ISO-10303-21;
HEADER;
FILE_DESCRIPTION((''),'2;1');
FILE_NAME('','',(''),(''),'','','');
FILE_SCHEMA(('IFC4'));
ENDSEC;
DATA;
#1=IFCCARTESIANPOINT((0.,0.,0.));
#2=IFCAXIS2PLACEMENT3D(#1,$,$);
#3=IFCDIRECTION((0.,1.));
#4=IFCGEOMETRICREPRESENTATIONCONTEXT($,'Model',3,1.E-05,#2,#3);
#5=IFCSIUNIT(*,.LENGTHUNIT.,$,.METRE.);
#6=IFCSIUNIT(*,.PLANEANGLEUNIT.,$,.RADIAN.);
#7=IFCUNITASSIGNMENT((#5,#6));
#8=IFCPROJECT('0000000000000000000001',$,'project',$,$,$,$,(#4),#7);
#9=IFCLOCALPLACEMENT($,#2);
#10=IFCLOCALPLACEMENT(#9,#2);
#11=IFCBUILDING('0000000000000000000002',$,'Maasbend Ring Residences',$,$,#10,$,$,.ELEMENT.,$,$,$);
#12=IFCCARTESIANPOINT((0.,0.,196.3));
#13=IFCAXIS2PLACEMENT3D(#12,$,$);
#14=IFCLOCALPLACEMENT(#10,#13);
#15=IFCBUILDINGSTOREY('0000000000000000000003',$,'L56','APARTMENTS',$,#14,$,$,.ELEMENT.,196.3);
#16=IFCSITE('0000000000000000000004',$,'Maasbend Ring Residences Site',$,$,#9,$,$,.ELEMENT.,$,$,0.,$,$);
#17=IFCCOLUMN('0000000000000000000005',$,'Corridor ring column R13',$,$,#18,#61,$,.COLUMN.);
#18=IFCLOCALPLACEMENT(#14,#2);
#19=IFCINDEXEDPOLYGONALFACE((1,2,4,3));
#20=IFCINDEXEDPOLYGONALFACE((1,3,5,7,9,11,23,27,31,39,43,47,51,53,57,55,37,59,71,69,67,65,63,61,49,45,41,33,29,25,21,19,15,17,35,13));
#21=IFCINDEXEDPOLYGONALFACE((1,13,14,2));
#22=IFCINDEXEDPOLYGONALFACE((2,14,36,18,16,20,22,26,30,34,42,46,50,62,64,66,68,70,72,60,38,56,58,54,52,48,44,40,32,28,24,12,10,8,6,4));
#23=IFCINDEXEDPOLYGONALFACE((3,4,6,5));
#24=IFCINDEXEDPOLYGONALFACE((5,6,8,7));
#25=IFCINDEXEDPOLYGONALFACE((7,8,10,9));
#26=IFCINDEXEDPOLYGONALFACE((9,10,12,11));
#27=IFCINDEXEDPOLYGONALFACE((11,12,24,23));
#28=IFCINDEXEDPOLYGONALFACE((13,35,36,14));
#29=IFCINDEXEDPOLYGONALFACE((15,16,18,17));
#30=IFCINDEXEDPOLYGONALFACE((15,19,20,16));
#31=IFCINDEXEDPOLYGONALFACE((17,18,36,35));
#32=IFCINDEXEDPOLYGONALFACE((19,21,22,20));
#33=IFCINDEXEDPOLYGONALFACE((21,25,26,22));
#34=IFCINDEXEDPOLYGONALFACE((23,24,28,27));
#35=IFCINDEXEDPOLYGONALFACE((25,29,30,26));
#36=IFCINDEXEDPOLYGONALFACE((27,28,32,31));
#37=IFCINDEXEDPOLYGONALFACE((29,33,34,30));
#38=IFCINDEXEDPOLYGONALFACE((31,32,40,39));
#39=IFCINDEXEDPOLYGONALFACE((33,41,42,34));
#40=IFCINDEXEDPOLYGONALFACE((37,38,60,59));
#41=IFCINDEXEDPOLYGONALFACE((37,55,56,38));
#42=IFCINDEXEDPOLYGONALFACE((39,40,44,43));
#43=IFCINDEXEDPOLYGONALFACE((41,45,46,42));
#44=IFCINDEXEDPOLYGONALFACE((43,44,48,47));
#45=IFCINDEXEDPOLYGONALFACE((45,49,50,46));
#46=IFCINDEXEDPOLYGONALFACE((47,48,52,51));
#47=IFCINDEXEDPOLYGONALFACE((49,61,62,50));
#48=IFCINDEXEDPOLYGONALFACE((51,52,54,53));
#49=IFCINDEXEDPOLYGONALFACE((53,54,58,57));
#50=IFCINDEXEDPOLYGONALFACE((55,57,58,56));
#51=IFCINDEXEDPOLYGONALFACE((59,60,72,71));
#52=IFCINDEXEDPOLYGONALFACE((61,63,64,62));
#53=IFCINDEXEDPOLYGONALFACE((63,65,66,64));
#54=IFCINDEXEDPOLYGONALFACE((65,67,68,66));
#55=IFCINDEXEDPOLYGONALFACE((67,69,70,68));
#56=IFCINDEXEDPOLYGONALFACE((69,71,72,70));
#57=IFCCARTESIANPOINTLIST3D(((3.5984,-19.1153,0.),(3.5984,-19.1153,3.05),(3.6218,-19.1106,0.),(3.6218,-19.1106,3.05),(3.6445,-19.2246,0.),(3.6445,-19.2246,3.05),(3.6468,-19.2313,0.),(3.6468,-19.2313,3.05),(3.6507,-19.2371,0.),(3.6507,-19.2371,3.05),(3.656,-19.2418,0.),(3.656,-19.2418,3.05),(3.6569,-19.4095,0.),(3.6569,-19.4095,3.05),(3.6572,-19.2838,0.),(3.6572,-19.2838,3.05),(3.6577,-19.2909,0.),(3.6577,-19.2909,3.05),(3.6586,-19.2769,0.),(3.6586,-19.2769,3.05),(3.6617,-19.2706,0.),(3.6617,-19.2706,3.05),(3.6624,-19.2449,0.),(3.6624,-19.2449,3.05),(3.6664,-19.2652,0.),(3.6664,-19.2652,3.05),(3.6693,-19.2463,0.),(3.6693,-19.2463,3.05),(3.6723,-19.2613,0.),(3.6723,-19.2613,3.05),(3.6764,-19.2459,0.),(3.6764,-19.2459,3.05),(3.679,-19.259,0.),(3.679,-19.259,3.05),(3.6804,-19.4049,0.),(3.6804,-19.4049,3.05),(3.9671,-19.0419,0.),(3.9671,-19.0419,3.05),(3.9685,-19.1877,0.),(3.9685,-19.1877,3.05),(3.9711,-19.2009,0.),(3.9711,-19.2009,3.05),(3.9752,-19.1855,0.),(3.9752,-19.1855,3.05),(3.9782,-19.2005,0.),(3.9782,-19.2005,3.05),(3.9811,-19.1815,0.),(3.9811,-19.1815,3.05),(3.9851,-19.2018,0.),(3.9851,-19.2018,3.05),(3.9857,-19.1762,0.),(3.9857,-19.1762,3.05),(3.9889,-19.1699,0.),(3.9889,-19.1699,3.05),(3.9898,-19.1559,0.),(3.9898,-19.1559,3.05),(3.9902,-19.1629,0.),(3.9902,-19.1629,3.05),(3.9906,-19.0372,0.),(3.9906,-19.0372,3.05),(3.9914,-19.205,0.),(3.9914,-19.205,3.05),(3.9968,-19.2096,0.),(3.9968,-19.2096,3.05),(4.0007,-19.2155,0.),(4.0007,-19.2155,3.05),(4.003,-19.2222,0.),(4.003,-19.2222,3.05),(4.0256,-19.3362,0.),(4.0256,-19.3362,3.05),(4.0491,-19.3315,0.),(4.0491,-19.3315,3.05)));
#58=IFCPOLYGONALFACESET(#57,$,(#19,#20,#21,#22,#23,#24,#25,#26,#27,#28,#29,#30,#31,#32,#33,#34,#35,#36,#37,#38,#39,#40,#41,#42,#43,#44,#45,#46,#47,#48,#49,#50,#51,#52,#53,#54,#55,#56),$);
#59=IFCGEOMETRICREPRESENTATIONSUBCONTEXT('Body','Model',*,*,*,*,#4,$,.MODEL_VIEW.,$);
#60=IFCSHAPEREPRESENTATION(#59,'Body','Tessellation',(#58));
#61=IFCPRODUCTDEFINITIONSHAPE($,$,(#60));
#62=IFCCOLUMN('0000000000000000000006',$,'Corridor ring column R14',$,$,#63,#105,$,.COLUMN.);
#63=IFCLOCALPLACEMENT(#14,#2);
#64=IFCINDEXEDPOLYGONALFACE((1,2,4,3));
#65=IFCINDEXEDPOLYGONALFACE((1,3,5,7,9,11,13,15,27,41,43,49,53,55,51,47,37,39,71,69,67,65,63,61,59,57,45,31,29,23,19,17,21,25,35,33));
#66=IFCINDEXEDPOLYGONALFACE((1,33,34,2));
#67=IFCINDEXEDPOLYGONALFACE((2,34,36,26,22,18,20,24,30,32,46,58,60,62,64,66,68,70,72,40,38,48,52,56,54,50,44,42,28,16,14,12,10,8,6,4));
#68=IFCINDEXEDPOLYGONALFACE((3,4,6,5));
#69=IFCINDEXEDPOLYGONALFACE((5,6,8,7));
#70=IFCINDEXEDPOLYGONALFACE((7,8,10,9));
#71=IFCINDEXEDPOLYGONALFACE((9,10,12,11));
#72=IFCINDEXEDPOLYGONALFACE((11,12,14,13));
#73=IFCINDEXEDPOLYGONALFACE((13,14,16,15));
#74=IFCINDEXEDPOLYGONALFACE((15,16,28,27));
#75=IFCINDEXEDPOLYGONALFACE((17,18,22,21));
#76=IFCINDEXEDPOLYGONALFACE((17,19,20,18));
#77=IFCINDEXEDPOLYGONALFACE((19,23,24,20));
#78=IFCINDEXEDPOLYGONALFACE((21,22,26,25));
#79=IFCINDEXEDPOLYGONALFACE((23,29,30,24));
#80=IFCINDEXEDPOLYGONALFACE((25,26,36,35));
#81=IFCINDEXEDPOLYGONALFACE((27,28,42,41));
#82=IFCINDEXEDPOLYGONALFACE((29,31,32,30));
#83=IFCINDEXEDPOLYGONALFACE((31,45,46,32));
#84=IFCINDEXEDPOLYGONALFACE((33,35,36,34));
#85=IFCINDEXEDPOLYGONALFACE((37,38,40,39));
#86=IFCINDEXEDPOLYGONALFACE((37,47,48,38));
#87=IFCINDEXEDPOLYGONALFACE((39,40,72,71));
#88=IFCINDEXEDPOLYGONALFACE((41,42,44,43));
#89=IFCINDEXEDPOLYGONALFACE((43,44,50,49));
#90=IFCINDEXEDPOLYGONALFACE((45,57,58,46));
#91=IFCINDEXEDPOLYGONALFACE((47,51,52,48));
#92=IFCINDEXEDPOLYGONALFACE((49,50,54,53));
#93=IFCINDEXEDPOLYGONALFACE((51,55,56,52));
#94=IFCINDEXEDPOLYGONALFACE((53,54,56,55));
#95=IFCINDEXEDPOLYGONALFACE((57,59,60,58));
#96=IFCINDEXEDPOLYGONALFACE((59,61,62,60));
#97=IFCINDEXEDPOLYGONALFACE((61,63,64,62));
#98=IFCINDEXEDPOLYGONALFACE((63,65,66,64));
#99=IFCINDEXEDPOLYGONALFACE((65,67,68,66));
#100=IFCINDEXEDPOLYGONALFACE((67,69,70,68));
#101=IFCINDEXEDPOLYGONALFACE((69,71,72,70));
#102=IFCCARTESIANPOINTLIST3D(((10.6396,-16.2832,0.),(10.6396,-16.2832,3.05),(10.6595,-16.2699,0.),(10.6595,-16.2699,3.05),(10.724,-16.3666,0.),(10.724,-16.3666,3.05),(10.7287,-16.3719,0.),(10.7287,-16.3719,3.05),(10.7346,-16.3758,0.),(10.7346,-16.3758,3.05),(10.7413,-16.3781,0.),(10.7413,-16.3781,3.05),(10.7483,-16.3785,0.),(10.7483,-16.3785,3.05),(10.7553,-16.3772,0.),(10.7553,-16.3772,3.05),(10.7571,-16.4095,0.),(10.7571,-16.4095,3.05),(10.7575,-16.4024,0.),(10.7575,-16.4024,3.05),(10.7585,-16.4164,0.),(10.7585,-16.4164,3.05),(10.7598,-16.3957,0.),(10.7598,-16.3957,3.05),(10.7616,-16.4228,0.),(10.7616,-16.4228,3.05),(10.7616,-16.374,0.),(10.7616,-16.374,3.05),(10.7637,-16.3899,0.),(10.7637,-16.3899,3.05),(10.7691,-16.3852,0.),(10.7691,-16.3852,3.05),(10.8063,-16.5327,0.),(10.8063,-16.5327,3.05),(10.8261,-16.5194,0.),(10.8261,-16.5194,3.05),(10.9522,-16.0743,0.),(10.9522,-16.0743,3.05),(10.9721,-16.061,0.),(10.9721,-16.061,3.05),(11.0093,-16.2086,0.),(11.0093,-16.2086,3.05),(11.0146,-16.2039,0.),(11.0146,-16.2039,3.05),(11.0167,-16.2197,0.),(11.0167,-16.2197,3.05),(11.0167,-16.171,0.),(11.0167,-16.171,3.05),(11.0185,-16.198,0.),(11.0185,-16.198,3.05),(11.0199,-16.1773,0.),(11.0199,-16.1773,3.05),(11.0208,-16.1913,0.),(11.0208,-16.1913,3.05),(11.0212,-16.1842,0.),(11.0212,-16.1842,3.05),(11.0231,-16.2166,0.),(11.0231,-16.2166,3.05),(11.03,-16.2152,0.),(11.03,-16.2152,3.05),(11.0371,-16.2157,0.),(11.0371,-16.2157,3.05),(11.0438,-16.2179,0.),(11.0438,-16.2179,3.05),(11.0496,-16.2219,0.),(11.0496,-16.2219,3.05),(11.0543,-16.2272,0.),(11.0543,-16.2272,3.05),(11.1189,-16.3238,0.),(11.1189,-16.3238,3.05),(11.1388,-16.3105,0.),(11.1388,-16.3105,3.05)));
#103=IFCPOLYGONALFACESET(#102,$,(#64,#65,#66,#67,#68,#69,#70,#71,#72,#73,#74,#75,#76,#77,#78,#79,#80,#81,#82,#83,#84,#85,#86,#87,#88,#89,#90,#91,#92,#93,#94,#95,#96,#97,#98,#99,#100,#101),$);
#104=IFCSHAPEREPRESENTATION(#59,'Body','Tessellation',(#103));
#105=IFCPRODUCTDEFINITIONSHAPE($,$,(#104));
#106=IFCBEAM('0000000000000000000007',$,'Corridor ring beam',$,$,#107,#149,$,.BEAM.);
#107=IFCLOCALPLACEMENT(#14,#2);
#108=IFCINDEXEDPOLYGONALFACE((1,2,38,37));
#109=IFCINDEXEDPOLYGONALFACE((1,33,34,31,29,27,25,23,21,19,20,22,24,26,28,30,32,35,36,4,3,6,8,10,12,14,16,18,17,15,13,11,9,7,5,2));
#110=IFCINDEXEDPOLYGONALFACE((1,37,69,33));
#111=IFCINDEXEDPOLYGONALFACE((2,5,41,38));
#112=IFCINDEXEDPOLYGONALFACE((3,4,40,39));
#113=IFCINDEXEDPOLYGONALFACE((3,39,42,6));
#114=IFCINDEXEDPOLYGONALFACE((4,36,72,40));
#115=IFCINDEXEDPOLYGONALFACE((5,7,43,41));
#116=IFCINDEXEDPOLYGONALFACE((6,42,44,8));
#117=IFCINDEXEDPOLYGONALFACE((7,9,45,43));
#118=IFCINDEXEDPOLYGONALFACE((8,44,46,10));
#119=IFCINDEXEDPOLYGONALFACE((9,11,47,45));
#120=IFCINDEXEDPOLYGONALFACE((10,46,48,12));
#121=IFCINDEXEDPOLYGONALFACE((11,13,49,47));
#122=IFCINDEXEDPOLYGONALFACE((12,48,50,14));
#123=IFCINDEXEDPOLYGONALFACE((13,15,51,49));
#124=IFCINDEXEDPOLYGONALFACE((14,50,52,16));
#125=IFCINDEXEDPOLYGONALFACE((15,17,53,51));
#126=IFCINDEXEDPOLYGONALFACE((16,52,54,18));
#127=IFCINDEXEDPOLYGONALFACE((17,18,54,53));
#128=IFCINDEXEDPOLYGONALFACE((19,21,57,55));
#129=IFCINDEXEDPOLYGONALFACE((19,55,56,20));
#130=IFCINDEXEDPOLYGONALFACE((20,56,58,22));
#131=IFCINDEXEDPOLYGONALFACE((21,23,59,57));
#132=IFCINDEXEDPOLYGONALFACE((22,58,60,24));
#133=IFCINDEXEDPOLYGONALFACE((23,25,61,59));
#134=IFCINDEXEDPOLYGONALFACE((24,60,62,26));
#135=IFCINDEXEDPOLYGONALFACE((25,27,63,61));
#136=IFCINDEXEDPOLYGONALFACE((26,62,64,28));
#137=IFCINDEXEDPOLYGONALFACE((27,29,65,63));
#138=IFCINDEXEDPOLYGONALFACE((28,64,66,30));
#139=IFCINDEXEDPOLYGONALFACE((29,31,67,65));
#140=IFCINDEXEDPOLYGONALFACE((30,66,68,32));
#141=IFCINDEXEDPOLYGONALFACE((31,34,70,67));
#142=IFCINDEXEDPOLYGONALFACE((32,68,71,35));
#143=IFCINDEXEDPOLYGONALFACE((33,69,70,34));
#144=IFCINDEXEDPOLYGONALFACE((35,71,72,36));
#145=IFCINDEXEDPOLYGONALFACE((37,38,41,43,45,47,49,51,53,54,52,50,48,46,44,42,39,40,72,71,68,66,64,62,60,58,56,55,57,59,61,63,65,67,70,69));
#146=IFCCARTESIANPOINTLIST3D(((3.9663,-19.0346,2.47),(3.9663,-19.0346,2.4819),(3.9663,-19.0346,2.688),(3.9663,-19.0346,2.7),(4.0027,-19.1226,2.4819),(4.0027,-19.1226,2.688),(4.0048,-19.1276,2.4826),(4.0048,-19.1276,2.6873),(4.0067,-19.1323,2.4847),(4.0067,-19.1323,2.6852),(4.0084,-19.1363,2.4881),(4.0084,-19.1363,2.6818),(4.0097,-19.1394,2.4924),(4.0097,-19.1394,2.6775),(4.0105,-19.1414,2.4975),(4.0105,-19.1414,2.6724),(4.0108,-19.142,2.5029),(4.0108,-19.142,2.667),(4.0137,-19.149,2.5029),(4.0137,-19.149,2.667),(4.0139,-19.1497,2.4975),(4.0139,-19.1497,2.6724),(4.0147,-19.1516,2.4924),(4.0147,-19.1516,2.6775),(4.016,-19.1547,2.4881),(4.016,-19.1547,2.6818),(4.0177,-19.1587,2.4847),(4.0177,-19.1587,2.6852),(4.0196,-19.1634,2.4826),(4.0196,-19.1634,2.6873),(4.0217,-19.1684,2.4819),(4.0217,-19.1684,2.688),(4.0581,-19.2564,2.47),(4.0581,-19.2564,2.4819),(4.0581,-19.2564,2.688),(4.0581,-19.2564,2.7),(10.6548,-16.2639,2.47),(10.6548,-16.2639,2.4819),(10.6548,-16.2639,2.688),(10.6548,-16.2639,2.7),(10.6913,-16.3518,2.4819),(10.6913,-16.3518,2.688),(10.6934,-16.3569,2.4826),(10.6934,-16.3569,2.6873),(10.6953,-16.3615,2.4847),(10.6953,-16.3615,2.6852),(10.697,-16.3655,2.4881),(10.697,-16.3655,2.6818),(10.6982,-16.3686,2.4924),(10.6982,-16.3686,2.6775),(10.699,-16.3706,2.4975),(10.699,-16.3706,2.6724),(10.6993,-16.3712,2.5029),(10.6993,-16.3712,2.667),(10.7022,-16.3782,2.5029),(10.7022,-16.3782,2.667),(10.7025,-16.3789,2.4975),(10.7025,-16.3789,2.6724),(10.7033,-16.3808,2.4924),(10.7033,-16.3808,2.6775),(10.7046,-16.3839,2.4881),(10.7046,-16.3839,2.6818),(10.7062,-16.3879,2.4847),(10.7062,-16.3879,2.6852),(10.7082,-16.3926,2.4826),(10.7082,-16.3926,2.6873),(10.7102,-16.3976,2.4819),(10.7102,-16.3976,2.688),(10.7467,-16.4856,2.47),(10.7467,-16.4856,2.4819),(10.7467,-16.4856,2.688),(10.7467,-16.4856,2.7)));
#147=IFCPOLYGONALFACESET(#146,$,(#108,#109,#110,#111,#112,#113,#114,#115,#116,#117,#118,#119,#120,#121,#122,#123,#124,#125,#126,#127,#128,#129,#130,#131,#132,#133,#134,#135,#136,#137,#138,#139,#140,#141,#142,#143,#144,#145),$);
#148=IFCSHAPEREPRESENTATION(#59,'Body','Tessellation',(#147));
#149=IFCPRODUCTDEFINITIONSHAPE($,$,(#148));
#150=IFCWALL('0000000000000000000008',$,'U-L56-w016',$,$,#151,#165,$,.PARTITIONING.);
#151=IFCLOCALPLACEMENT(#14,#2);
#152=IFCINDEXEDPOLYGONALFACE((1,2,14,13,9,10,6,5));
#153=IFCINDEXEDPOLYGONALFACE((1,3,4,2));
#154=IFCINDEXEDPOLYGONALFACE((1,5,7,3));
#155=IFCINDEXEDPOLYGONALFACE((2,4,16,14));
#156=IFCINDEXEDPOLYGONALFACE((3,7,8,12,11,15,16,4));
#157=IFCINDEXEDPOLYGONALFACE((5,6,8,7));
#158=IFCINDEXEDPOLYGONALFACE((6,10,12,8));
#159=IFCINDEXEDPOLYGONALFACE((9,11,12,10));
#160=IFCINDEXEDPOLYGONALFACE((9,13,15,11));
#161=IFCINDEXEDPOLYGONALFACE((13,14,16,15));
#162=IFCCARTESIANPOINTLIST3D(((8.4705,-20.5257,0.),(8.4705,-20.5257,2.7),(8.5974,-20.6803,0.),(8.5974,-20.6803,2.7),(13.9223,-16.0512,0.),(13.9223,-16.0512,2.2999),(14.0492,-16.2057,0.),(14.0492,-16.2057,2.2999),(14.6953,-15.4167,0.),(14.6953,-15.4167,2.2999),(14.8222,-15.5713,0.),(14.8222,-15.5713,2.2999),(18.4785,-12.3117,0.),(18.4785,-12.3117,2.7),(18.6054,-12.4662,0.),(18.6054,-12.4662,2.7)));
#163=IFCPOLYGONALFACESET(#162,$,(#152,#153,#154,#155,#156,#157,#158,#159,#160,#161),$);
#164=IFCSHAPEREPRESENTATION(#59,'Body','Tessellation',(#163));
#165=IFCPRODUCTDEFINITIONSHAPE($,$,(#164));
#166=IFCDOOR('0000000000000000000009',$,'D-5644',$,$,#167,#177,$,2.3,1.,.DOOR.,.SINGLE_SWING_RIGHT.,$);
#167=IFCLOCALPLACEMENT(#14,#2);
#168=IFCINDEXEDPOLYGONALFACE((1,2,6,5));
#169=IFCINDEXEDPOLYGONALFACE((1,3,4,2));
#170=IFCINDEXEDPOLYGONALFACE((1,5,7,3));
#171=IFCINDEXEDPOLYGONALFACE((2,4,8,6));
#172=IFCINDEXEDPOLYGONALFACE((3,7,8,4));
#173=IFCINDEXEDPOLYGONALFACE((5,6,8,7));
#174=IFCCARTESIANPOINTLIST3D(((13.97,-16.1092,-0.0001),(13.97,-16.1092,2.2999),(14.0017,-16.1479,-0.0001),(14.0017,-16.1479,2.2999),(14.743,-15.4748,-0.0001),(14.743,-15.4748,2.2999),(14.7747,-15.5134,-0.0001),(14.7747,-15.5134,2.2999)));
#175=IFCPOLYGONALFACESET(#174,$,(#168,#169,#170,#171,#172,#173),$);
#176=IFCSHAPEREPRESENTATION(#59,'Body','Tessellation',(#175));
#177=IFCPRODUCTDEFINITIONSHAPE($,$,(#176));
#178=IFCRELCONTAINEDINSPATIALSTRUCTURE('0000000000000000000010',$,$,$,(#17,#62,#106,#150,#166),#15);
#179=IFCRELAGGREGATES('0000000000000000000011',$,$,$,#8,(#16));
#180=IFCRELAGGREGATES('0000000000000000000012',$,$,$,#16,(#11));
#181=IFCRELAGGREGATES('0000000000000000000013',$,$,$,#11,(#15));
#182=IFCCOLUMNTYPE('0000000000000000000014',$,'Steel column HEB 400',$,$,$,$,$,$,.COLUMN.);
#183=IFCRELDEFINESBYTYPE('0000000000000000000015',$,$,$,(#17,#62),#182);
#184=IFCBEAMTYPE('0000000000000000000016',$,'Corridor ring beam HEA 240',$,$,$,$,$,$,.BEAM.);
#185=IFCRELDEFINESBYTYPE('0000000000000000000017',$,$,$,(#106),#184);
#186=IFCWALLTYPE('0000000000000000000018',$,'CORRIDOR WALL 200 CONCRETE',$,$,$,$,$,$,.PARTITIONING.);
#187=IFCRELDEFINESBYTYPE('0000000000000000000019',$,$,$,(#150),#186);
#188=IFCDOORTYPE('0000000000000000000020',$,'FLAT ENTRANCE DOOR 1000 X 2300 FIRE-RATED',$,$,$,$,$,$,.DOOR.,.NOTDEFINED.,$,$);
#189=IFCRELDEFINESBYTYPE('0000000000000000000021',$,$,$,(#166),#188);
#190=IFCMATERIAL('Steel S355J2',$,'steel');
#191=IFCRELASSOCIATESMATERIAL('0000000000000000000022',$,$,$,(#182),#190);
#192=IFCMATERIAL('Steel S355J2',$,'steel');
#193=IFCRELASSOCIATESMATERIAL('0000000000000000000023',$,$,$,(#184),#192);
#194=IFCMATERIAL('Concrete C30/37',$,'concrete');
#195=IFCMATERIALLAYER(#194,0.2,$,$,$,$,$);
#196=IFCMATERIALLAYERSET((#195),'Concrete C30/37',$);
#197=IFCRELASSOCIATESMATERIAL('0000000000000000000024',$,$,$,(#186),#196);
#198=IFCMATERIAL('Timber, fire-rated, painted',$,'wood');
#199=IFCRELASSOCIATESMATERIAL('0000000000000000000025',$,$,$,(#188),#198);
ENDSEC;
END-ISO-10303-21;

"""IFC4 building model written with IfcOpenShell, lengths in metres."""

from ifc_helpers import new_model, si_unit, direction, frame, frame_2d, origin, origin_2d, place, context, subcontext, project, spatial, rectangle, i_section, extrude, material, layer, layer_set, material_profile, profile_set, type_object, element, fill, save


model = new_model("IFC4")

# Units and contexts
model_context = context("Model", 3, precision=1e-05, world=origin(), true_north=direction((0.0, 1.0)))
body_context = subcontext(model_context, "Body", "Model", "MODEL_VIEW")
ifc_project = project(units=[si_unit("LENGTHUNIT", "METRE"), si_unit("PLANEANGLEUNIT", "RADIAN")], contexts=[model_context])

# Site, building, storey
site_placement = place(None, origin())
site = spatial("IfcSite", under=ifc_project, at=site_placement, Name="Maasbend Ring Residences Site", CompositionType="ELEMENT", RefElevation=0.0)
building_placement = place(site_placement, origin())
building = spatial("IfcBuilding", under=site, at=building_placement, Name="Maasbend Ring Residences", CompositionType="ELEMENT")
storey_placement = place(building_placement, frame((0.0, 0.0, 196.3)))
storey = spatial("IfcBuildingStorey", under=building, at=storey_placement, Name="L56", Description="APARTMENTS", CompositionType="ELEMENT", Elevation=196.3)

# Columns
ifc_material_1 = material(Name="Steel S355J2", Category="steel")
ifc_material_profile_1 = material_profile(ifc_material_1, i_section(OverallWidth=0.3, OverallDepth=0.3999, WebThickness=0.0134, FlangeThickness=0.0239, FilletRadius=0.0271, at=origin_2d()), Name="HEB 400")
ifc_profile_set_1 = profile_set([ifc_material_profile_1], Name="Steel S355J2")
column_type = type_object("IfcColumnType", Name="Steel column HEB 400", PredefinedType="COLUMN", material=ifc_profile_set_1)
for number, where, z_axis, x_axis, name in (
    (1, (3.8237, -19.2234, 0.0), (0.0, 0.0, 1.0), (0.19509, -0.980785, 0.0), "Corridor ring column R13"),
    (2, (10.8892, -16.2969, 0.0), (0.0, 0.0, 1.0), (0.55557, -0.83147, 0.0), "Corridor ring column R14"),
):
    element("IfcColumn", number, at=place(storey_placement, frame(where, z_axis=z_axis, x_axis=x_axis)), inside=storey, type_object=column_type, Name=name, PredefinedType="COLUMN", context=body_context, shape_type="SweptSolid", body=[
        extrude(i_section(OverallWidth=0.3, OverallDepth=0.3999, WebThickness=0.0134, FlangeThickness=0.0239, FilletRadius=0.0271, at=origin_2d()), origin(), (0.0, 0.0, 1.0), 3.05),
    ])

# Beam
ifc_material_2 = material(Name="Steel S355J2", Category="steel")
ifc_material_profile_2 = material_profile(ifc_material_2, i_section(OverallWidth=0.24, OverallDepth=0.23, WebThickness=0.0076, FlangeThickness=0.012, FilletRadius=0.021, at=origin_2d()), Name="HEA 240")
ifc_profile_set_2 = profile_set([ifc_material_profile_2], Name="Steel S355J2")
beam_type = type_object("IfcBeamType", Name="Corridor ring beam HEA 240", PredefinedType="BEAM", material=ifc_profile_set_2)
beam_placement = place(storey_placement, frame((4.0122, -19.1455, 2.585), z_axis=(0.923865, 0.382718, 0.0), x_axis=(-0.382718, 0.923865, 0.0)))
element("IfcBeam", 3, at=beam_placement, inside=storey, type_object=beam_type, Name="Corridor ring beam", PredefinedType="BEAM", context=body_context, shape_type="SweptSolid", body=[
    extrude(i_section(OverallWidth=0.24, OverallDepth=0.23, WebThickness=0.0076, FlangeThickness=0.012, FilletRadius=0.021, at=origin_2d()), origin(), (0.0, 0.0, 1.0), 7.2397),
])

# Wall, opening, door
ifc_material_3 = material(Name="Concrete C30/37", Category="concrete")
ifc_layer_1 = layer(ifc_material_3, 0.2)
ifc_layer_set_1 = layer_set([ifc_layer_1], Name="Concrete C30/37")
wall_type_1 = type_object("IfcWallType", Name="CORRIDOR WALL 200 CONCRETE", PredefinedType="PARTITIONING", material=ifc_layer_set_1)
wall_1_placement = place(storey_placement, frame((8.5339, -20.603, 0.0), z_axis=(0.0, 0.0, 1.0), x_axis=(0.772984, 0.634426, 0.0)))
wall_1 = element("IfcWall", 4, at=wall_1_placement, inside=storey, type_object=wall_type_1, Name="U-L56-w016", PredefinedType="PARTITIONING", context=body_context, shape_type="SweptSolid", body=[
    extrude(rectangle(XDim=12.9473, YDim=0.2, at=frame_2d((6.4736, 0.0))), origin(), (0.0, 0.0, 1.0), 2.7),
])
opening_1_placement = place(wall_1_placement, frame((7.053, 0.0, 0.0)))
opening_1 = element("IfcOpeningElement", 5, at=opening_1_placement, cuts=wall_1, PredefinedType="OPENING", context=body_context, shape_type="SweptSolid", body=[
    extrude(rectangle(XDim=1.0, YDim=2.3, at=frame_2d((0.5, 1.1499))), frame((0.0, 0.1099, 0.0), z_axis=(0.0, -1.0, 0.0), x_axis=(1.0, 0.0, 0.0)), (0.0, 0.0, 1.0), 0.22),
])
ifc_material_4 = material(Name="Timber, fire-rated, painted", Category="wood")
door_type_1 = type_object("IfcDoorType", Name="FLAT ENTRANCE DOOR 1000 X 2300 FIRE-RATED", OperationType="NOTDEFINED", PredefinedType="DOOR", material=ifc_material_4)
door_1_placement = place(opening_1_placement, origin())
door_1 = element("IfcDoor", 6, at=door_1_placement, inside=storey, type_object=door_type_1, Name="D-5644", OperationType="SINGLE_SWING_RIGHT", OverallHeight=2.3, OverallWidth=1.0, PredefinedType="DOOR", context=body_context, shape_type="SweptSolid", body=[
    extrude(rectangle(XDim=1.0, YDim=2.3, at=frame_2d((0.5, 1.1499))), frame((0.0, 0.0249, 0.0), z_axis=(0.0, -1.0, 0.0), x_axis=(1.0, 0.0, 0.0)), (0.0, 0.0, 1.0), 0.05),
])
fill(opening_1, door_1)

save(model, "model.ifc")
